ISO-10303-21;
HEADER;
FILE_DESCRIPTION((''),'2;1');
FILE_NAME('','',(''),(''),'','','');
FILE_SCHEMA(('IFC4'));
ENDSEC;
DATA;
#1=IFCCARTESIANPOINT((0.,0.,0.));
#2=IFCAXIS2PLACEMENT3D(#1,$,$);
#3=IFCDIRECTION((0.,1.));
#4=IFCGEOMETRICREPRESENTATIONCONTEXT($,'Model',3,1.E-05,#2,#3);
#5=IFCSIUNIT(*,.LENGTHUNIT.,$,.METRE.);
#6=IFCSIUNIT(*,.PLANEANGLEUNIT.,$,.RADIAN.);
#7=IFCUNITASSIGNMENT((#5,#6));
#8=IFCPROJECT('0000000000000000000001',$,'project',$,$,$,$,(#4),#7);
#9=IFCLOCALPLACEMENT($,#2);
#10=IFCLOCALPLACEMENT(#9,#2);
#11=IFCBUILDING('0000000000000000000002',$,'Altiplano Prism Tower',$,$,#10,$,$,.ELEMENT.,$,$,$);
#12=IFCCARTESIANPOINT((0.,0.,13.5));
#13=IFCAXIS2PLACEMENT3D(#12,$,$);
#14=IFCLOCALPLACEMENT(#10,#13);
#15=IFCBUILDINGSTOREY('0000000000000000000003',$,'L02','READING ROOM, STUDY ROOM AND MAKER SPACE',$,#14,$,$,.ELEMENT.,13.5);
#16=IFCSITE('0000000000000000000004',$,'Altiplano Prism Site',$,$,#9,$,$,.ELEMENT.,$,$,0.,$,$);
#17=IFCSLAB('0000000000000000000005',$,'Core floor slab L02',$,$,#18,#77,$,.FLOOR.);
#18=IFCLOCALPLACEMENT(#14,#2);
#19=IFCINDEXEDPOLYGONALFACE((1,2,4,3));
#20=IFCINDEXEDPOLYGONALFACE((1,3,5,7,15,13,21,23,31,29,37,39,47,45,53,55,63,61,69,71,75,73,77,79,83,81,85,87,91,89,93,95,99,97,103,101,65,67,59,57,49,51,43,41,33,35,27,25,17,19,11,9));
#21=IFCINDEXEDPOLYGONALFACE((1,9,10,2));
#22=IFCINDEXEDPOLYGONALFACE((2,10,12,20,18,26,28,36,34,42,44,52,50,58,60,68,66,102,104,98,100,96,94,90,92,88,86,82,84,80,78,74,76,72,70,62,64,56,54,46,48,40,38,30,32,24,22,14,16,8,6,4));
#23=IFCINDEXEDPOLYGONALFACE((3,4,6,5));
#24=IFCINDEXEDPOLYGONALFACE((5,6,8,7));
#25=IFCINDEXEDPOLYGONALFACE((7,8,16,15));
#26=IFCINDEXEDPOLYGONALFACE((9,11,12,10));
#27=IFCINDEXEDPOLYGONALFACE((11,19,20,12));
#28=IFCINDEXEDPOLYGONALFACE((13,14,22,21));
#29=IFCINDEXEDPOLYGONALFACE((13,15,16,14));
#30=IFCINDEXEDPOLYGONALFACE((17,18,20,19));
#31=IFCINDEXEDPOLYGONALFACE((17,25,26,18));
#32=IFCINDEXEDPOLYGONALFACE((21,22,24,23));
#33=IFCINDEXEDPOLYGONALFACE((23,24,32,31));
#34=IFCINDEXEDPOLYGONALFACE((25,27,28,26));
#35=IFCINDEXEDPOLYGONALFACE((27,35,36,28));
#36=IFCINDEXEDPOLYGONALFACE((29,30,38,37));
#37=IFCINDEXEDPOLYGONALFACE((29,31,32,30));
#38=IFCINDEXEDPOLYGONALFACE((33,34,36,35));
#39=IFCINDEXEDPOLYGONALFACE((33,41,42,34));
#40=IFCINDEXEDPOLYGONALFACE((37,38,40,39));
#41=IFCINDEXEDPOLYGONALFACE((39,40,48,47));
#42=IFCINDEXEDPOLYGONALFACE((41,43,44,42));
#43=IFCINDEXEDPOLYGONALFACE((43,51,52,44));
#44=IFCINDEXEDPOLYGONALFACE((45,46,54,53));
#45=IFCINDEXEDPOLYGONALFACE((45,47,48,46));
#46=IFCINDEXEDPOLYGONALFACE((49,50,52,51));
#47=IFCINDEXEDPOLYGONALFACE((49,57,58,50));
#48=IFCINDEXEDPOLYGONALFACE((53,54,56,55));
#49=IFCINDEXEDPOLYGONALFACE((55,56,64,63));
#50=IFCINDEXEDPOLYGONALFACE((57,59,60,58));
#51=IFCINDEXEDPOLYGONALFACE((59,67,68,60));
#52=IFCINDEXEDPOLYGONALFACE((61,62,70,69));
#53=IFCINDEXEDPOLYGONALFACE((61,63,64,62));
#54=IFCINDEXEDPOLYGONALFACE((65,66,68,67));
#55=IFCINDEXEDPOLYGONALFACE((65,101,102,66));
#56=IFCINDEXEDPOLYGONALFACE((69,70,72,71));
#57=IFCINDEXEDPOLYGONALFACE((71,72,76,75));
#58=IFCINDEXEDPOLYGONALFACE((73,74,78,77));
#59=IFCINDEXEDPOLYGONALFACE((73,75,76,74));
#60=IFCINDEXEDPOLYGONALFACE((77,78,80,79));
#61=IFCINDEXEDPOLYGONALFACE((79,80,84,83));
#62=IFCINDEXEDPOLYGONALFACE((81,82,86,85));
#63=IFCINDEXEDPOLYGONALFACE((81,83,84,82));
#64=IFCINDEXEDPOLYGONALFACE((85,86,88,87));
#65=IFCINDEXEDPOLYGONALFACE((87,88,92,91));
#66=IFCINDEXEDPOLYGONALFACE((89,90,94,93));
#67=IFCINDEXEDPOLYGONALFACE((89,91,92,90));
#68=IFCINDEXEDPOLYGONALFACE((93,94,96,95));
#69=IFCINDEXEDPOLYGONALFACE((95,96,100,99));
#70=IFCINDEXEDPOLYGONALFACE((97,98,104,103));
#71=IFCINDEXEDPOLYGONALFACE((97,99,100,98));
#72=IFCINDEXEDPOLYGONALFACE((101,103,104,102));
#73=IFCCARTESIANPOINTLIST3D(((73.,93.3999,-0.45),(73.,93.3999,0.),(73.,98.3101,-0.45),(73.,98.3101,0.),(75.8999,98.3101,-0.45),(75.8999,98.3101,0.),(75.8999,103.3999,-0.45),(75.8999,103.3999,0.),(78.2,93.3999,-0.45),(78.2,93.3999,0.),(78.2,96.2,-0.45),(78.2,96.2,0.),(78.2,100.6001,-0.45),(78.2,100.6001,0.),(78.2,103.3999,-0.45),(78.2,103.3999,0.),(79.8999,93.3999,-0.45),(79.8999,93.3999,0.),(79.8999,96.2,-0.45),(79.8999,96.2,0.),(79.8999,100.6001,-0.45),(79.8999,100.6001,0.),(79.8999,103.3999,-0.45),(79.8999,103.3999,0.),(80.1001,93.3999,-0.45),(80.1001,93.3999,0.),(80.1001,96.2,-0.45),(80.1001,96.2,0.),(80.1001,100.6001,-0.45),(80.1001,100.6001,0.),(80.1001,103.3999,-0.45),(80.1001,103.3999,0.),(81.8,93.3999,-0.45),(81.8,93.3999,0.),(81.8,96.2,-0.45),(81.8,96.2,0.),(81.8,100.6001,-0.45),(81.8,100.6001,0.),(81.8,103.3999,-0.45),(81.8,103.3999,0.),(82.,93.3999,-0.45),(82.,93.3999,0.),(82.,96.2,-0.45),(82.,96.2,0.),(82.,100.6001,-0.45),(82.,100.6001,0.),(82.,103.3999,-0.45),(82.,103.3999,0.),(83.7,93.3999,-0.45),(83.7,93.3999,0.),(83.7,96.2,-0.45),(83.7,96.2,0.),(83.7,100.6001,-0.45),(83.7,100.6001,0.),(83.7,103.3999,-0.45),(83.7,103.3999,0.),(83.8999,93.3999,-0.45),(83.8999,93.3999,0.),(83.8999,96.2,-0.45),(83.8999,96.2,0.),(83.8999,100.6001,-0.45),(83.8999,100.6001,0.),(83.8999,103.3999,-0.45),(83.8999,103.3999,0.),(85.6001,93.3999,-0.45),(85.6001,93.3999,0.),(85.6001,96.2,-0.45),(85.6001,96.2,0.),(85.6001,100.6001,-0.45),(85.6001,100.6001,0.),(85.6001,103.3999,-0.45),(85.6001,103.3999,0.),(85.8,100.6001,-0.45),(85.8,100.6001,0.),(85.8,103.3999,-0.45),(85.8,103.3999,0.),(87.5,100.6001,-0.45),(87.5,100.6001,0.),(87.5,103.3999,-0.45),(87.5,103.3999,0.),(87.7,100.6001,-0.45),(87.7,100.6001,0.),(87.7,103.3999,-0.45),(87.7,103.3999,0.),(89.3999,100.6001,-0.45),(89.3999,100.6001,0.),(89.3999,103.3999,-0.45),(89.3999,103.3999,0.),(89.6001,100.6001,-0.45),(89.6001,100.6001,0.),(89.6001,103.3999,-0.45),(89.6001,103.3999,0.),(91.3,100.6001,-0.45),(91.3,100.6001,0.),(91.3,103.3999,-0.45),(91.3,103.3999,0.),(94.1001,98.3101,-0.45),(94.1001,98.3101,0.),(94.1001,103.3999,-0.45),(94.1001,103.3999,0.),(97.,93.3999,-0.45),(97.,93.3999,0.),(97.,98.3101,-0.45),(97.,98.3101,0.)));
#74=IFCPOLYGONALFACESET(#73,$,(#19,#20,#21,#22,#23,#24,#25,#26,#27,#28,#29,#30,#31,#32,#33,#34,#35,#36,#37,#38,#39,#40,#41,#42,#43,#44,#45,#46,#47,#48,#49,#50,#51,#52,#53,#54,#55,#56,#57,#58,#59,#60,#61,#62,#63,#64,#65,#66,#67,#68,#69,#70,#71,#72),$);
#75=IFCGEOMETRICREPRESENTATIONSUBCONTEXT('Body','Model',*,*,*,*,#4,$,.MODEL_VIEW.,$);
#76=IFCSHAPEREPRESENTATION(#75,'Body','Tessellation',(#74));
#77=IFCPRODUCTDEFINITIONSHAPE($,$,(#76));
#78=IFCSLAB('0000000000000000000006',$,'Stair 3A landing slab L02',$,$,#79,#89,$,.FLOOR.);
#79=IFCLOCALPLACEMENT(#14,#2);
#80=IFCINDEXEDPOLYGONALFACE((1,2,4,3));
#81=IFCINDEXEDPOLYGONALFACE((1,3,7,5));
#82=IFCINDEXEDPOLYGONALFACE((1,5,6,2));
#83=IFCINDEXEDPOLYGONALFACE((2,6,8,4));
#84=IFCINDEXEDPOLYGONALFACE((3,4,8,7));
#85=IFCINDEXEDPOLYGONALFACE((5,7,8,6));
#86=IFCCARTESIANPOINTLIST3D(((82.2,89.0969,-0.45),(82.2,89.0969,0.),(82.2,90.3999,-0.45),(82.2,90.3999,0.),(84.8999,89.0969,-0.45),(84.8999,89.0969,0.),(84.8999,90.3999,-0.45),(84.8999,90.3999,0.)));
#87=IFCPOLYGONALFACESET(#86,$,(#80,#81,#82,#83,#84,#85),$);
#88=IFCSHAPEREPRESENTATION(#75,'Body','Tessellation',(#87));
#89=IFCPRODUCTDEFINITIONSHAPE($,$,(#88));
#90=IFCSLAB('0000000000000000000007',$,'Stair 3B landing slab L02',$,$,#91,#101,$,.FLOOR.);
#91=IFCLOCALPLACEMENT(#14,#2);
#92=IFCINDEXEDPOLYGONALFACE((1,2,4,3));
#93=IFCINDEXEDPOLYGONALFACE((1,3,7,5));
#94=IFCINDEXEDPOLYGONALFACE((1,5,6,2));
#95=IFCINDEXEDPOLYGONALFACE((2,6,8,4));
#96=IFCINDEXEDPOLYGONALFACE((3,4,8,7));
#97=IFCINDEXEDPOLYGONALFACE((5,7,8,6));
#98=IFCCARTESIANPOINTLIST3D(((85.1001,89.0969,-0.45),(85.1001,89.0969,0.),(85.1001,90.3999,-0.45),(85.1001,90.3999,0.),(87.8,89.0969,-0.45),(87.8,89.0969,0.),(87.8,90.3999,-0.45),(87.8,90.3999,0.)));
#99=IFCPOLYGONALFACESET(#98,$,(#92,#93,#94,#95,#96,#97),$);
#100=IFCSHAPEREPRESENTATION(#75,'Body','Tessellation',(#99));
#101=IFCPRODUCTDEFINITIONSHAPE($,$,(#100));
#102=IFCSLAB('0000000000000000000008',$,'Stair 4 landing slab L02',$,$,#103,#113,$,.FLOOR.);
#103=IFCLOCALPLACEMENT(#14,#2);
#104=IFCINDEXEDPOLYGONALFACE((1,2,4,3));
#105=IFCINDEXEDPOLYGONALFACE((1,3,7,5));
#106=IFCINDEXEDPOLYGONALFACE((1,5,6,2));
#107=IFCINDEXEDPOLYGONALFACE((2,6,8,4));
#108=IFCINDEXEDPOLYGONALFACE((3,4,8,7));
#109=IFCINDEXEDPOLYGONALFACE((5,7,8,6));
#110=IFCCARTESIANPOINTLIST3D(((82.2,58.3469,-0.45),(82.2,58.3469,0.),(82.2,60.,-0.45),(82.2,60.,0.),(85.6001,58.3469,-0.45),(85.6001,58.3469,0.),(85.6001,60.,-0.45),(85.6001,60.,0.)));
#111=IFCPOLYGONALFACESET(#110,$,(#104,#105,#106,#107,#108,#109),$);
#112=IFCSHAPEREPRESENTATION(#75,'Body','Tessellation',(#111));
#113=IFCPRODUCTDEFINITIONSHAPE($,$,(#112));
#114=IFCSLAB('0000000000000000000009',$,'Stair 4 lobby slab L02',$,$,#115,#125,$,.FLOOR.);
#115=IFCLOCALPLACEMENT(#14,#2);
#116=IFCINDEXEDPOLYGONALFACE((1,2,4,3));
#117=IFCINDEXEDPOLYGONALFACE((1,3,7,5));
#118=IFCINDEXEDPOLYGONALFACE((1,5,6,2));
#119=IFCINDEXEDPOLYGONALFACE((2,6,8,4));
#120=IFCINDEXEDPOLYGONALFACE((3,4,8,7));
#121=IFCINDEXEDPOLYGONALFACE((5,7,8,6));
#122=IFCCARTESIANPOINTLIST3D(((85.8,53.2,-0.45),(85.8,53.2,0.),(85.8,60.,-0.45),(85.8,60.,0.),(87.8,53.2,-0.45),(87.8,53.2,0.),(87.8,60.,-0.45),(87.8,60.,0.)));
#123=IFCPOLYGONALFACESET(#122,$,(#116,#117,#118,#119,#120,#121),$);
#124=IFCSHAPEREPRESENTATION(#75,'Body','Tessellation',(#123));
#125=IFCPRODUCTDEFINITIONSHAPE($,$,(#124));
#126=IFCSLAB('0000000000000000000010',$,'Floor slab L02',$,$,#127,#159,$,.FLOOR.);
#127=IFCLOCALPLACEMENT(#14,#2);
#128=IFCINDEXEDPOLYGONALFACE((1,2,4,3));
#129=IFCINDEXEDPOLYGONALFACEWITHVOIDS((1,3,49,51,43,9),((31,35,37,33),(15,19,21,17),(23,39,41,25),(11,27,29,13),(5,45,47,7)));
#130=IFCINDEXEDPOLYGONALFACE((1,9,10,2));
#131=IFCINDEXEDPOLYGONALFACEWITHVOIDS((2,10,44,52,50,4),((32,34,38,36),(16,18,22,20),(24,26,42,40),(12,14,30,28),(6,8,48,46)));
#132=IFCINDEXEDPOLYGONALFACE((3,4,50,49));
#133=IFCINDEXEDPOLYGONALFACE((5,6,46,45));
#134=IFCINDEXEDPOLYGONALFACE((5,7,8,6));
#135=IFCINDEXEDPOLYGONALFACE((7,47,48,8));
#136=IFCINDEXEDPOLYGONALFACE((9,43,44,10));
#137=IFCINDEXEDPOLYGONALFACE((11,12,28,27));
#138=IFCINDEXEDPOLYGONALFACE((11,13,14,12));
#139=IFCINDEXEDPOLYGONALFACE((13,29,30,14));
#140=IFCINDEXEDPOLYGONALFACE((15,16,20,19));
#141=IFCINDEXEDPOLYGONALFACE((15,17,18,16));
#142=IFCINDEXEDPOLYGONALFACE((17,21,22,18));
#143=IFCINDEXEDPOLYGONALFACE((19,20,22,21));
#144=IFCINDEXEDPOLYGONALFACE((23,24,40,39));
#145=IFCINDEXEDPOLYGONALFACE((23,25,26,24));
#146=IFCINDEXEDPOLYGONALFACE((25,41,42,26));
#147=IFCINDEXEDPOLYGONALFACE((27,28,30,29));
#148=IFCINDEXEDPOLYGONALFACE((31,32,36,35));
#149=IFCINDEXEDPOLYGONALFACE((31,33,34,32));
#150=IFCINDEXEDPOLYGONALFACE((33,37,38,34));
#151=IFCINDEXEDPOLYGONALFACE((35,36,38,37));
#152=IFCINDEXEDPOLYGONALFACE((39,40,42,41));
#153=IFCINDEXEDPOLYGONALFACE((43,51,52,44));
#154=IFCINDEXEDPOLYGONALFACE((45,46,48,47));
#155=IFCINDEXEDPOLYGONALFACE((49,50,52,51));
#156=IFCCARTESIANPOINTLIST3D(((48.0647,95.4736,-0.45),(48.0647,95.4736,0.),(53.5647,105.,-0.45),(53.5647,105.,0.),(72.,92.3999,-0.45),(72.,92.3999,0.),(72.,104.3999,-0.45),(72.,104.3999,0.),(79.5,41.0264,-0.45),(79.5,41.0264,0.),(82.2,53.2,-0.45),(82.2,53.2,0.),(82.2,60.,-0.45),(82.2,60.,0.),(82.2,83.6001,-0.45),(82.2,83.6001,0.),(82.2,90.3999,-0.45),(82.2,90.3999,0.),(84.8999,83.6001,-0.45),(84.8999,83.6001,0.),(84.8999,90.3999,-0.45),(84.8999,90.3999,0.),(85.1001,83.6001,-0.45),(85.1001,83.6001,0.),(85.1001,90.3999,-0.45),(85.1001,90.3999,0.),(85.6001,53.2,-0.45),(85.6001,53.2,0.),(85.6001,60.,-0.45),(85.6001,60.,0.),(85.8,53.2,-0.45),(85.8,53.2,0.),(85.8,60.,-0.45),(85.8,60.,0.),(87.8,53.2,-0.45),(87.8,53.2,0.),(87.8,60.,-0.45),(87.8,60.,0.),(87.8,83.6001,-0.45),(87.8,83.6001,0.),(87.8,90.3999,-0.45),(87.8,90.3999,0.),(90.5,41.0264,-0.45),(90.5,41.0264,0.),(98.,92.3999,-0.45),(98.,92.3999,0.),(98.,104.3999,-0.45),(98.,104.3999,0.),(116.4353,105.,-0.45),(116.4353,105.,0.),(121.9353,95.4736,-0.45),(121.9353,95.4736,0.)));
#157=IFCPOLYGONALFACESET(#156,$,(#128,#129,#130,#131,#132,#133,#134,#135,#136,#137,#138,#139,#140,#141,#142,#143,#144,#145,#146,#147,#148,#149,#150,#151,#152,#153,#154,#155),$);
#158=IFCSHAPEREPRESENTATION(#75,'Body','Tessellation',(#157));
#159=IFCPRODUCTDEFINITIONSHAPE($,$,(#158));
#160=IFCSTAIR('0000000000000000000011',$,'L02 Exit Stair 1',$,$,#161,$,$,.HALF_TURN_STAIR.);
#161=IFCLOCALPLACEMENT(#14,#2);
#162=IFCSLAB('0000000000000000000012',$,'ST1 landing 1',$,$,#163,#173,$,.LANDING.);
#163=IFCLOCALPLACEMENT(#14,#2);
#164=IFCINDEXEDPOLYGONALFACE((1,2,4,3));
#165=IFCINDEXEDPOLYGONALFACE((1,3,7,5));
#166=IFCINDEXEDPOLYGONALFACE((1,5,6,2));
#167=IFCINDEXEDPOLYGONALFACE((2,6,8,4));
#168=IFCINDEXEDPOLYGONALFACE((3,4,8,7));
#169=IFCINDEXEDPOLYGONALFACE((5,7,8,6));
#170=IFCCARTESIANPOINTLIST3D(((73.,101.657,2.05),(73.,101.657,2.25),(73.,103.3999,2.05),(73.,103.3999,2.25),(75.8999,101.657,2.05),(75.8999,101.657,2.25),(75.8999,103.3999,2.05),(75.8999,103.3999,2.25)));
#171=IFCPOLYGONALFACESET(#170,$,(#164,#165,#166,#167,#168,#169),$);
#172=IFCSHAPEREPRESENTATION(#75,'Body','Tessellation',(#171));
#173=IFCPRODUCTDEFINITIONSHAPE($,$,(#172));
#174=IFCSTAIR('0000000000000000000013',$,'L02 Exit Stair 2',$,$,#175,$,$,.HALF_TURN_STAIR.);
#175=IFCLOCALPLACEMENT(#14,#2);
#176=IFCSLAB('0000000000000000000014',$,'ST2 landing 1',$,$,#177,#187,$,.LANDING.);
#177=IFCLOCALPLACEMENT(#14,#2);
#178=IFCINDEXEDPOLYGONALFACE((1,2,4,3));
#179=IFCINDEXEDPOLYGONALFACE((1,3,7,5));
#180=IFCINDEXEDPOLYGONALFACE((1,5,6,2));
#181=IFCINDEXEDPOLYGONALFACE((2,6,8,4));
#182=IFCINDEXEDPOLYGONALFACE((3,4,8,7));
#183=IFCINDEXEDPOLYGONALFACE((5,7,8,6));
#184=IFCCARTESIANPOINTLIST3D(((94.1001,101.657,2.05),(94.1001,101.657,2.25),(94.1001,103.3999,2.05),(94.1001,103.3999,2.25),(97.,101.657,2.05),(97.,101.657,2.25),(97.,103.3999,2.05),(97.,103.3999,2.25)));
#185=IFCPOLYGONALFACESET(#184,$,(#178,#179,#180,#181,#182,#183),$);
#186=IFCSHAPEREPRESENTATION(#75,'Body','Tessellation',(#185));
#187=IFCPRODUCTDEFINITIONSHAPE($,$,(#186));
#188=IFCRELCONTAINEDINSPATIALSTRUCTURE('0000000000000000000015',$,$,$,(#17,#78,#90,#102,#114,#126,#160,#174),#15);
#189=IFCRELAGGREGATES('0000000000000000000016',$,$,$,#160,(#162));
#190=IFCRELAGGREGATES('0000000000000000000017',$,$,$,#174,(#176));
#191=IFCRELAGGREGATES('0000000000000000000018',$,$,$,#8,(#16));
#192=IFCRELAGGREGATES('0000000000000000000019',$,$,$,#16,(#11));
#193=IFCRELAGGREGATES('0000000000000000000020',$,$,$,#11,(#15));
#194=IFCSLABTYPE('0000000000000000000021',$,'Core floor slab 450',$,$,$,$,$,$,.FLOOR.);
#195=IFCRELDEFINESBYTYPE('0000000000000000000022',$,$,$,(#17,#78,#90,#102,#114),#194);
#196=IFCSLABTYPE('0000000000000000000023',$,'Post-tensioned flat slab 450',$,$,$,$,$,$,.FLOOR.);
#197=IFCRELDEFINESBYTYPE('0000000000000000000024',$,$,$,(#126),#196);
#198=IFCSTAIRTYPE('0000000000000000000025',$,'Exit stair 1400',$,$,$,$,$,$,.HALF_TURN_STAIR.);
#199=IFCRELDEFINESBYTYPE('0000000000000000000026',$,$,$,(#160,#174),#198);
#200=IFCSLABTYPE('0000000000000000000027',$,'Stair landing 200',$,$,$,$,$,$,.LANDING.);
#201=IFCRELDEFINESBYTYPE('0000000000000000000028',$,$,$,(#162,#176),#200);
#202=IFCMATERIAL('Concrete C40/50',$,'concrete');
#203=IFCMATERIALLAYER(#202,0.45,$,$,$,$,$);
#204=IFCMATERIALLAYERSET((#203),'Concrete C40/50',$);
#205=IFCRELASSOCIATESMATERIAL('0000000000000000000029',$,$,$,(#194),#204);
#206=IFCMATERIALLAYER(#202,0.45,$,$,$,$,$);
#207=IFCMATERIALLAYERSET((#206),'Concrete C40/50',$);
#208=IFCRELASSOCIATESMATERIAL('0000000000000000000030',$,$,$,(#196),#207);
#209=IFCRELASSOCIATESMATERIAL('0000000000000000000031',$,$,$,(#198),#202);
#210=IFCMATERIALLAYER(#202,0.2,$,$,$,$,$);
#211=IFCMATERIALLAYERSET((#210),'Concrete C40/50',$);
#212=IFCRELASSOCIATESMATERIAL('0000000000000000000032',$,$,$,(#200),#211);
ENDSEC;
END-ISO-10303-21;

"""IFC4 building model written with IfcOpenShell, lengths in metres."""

from ifc_helpers import new_model, si_unit, direction, frame, origin, place, context, subcontext, project, spatial, polyline, outline, extrude, material, layer, layer_set, type_object, element, aggregate, save


model = new_model("IFC4")

# Units and contexts
model_context = context("Model", 3, precision=1e-05, world=origin(), true_north=direction((0.0, 1.0)))
body_context = subcontext(model_context, "Body", "Model", "MODEL_VIEW")
ifc_project = project(units=[si_unit("LENGTHUNIT", "METRE"), si_unit("PLANEANGLEUNIT", "RADIAN")], contexts=[model_context])

# Site, building, storey
site_placement = place(None, origin())
site = spatial("IfcSite", under=ifc_project, at=site_placement, Name="Altiplano Prism Site", CompositionType="ELEMENT", RefElevation=0.0)
building_placement = place(site_placement, origin())
building = spatial("IfcBuilding", under=site, at=building_placement, Name="Altiplano Prism Tower", CompositionType="ELEMENT")
storey_placement = place(building_placement, frame((0.0, 0.0, 13.5)))
storey = spatial("IfcBuildingStorey", under=building, at=storey_placement, Name="L02", Description="READING ROOM, STUDY ROOM AND MAKER SPACE", CompositionType="ELEMENT", Elevation=13.5)

# Slabs
ifc_material_1 = material(Name="Concrete C40/50", Category="concrete")
ifc_layer_1 = layer(ifc_material_1, 0.45)
ifc_layer_set_1 = layer_set([ifc_layer_1], Name="Concrete C40/50")
slab_type_1 = type_object("IfcSlabType", Name="Core floor slab 450", PredefinedType="FLOOR", material=ifc_layer_set_1)
slab_1_placement = place(storey_placement, frame((0.0, 0.0, -0.45)))
element("IfcSlab", 1, at=slab_1_placement, inside=storey, type_object=slab_type_1, Name="Core floor slab L02", PredefinedType="FLOOR", context=body_context, shape_type="SweptSolid", body=[
    extrude(outline(polyline([(97.0, 98.3101), (94.1001, 98.3101), (94.1001, 103.3999), (91.3, 103.3999), (91.3, 100.6001), (89.6001, 100.6001), (89.6001, 103.3999), (89.3999, 103.3999), (89.3999, 100.6001), (87.7, 100.6001), (87.7, 103.3999), (87.5, 103.3999), (87.5, 100.6001), (85.8, 100.6001), (85.8, 103.3999), (85.6001, 103.3999), (85.6001, 100.6001), (83.8999, 100.6001), (83.8999, 103.3999), (83.7, 103.3999), (83.7, 100.6001), (82.0, 100.6001), (82.0, 103.3999), (81.8, 103.3999), (81.8, 100.6001), (80.1001, 100.6001), (80.1001, 103.3999), (79.8999, 103.3999), (79.8999, 100.6001), (78.2, 100.6001), (78.2, 103.3999), (75.8999, 103.3999), (75.8999, 98.3101), (73.0, 98.3101), (73.0, 93.3999), (78.2, 93.3999), (78.2, 96.2), (79.8999, 96.2), (79.8999, 93.3999), (80.1001, 93.3999), (80.1001, 96.2), (81.8, 96.2), (81.8, 93.3999), (82.0, 93.3999), (82.0, 96.2), (83.7, 96.2), (83.7, 93.3999), (83.8999, 93.3999), (83.8999, 96.2), (85.6001, 96.2), (85.6001, 93.3999), (97.0, 93.3999), (97.0, 98.3101)])), origin(), (0.0, 0.0, 1.0), 0.45),
])
slab_2_placement = place(storey_placement, frame((0.0, 0.0, -0.45)))
element("IfcSlab", 2, at=slab_2_placement, inside=storey, type_object=slab_type_1, Name="Stair 3A landing slab L02", PredefinedType="FLOOR", context=body_context, shape_type="SweptSolid", body=[
    extrude(outline(polyline([(82.2, 89.0969), (84.8999, 89.0969), (84.8999, 90.3999), (82.2, 90.3999), (82.2, 89.0969)])), origin(), (0.0, 0.0, 1.0), 0.45),
])
slab_3_placement = place(storey_placement, frame((0.0, 0.0, -0.45)))
element("IfcSlab", 3, at=slab_3_placement, inside=storey, type_object=slab_type_1, Name="Stair 3B landing slab L02", PredefinedType="FLOOR", context=body_context, shape_type="SweptSolid", body=[
    extrude(outline(polyline([(85.1001, 89.0969), (87.8, 89.0969), (87.8, 90.3999), (85.1001, 90.3999), (85.1001, 89.0969)])), origin(), (0.0, 0.0, 1.0), 0.45),
])
slab_4_placement = place(storey_placement, frame((0.0, 0.0, -0.45)))
element("IfcSlab", 4, at=slab_4_placement, inside=storey, type_object=slab_type_1, Name="Stair 4 landing slab L02", PredefinedType="FLOOR", context=body_context, shape_type="SweptSolid", body=[
    extrude(outline(polyline([(82.2, 58.3469), (85.6001, 58.3469), (85.6001, 60.0), (82.2, 60.0), (82.2, 58.3469)])), origin(), (0.0, 0.0, 1.0), 0.45),
])
slab_5_placement = place(storey_placement, frame((0.0, 0.0, -0.45)))
element("IfcSlab", 5, at=slab_5_placement, inside=storey, type_object=slab_type_1, Name="Stair 4 lobby slab L02", PredefinedType="FLOOR", context=body_context, shape_type="SweptSolid", body=[
    extrude(outline(polyline([(85.8, 53.2), (87.8, 53.2), (87.8, 60.0), (85.8, 60.0), (85.8, 53.2)])), origin(), (0.0, 0.0, 1.0), 0.45),
])
ifc_layer_2 = layer(ifc_material_1, 0.45)
ifc_layer_set_2 = layer_set([ifc_layer_2], Name="Concrete C40/50")
slab_type_2 = type_object("IfcSlabType", Name="Post-tensioned flat slab 450", PredefinedType="FLOOR", material=ifc_layer_set_2)
slab_6_placement = place(storey_placement, frame((0.0, 0.0, -0.45)))
element("IfcSlab", 6, at=slab_6_placement, inside=storey, type_object=slab_type_2, Name="Floor slab L02", PredefinedType="FLOOR", context=body_context, shape_type="SweptSolid", body=[
    extrude(outline(polyline([(53.5647, 105.0), (116.4353, 105.0), (121.9353, 95.4736), (90.5, 41.0264), (79.5, 41.0264), (48.0647, 95.4736), (53.5647, 105.0)]), holes=[polyline([(98.0, 92.3999), (98.0, 104.3999), (72.0, 104.3999), (72.0, 92.3999), (98.0, 92.3999)]), polyline([(82.2, 83.6001), (84.8999, 83.6001), (84.8999, 90.3999), (82.2, 90.3999), (82.2, 83.6001)]), polyline([(85.1001, 90.3999), (85.1001, 83.6001), (87.8, 83.6001), (87.8, 90.3999), (85.1001, 90.3999)]), polyline([(85.6001, 60.0), (82.2, 60.0), (82.2, 53.2), (85.6001, 53.2), (85.6001, 60.0)]), polyline([(87.8, 53.2), (87.8, 60.0), (85.8, 60.0), (85.8, 53.2), (87.8, 53.2)])]), origin(), (0.0, 0.0, 1.0), 0.45),
])

# Stairs, slabs
stair_type_1 = type_object("IfcStairType", Name="Exit stair 1400", PredefinedType="HALF_TURN_STAIR", material=ifc_material_1)
stair_1_placement = place(storey_placement, origin())
stair_1 = element("IfcStair", 7, at=stair_1_placement, inside=storey, type_object=stair_type_1, Name="L02 Exit Stair 1", PredefinedType="HALF_TURN_STAIR")
ifc_layer_3 = layer(ifc_material_1, 0.2)
ifc_layer_set_3 = layer_set([ifc_layer_3], Name="Concrete C40/50")
slab_type_3 = type_object("IfcSlabType", Name="Stair landing 200", PredefinedType="LANDING", material=ifc_layer_set_3)
slab_7_placement = place(storey_placement, frame((0.0, 0.0, 2.05)))
slab_7 = element("IfcSlab", 8, at=slab_7_placement, type_object=slab_type_3, Name="ST1 landing 1", PredefinedType="LANDING", context=body_context, shape_type="SweptSolid", body=[
    extrude(outline(polyline([(75.8999, 101.657), (75.8999, 103.3999), (73.0, 103.3999), (73.0, 101.657), (75.8999, 101.657)])), origin(), (0.0, 0.0, 1.0), 0.2),
])
aggregate(stair_1, [slab_7])
stair_2_placement = place(storey_placement, origin())
stair_2 = element("IfcStair", 9, at=stair_2_placement, inside=storey, type_object=stair_type_1, Name="L02 Exit Stair 2", PredefinedType="HALF_TURN_STAIR")
slab_8_placement = place(storey_placement, frame((0.0, 0.0, 2.05)))
slab_8 = element("IfcSlab", 10, at=slab_8_placement, type_object=slab_type_3, Name="ST2 landing 1", PredefinedType="LANDING", context=body_context, shape_type="SweptSolid", body=[
    extrude(outline(polyline([(97.0, 101.657), (97.0, 103.3999), (94.1001, 103.3999), (94.1001, 101.657), (97.0, 101.657)])), origin(), (0.0, 0.0, 1.0), 0.2),
])
aggregate(stair_2, [slab_8])

save(model, "model.ifc")
